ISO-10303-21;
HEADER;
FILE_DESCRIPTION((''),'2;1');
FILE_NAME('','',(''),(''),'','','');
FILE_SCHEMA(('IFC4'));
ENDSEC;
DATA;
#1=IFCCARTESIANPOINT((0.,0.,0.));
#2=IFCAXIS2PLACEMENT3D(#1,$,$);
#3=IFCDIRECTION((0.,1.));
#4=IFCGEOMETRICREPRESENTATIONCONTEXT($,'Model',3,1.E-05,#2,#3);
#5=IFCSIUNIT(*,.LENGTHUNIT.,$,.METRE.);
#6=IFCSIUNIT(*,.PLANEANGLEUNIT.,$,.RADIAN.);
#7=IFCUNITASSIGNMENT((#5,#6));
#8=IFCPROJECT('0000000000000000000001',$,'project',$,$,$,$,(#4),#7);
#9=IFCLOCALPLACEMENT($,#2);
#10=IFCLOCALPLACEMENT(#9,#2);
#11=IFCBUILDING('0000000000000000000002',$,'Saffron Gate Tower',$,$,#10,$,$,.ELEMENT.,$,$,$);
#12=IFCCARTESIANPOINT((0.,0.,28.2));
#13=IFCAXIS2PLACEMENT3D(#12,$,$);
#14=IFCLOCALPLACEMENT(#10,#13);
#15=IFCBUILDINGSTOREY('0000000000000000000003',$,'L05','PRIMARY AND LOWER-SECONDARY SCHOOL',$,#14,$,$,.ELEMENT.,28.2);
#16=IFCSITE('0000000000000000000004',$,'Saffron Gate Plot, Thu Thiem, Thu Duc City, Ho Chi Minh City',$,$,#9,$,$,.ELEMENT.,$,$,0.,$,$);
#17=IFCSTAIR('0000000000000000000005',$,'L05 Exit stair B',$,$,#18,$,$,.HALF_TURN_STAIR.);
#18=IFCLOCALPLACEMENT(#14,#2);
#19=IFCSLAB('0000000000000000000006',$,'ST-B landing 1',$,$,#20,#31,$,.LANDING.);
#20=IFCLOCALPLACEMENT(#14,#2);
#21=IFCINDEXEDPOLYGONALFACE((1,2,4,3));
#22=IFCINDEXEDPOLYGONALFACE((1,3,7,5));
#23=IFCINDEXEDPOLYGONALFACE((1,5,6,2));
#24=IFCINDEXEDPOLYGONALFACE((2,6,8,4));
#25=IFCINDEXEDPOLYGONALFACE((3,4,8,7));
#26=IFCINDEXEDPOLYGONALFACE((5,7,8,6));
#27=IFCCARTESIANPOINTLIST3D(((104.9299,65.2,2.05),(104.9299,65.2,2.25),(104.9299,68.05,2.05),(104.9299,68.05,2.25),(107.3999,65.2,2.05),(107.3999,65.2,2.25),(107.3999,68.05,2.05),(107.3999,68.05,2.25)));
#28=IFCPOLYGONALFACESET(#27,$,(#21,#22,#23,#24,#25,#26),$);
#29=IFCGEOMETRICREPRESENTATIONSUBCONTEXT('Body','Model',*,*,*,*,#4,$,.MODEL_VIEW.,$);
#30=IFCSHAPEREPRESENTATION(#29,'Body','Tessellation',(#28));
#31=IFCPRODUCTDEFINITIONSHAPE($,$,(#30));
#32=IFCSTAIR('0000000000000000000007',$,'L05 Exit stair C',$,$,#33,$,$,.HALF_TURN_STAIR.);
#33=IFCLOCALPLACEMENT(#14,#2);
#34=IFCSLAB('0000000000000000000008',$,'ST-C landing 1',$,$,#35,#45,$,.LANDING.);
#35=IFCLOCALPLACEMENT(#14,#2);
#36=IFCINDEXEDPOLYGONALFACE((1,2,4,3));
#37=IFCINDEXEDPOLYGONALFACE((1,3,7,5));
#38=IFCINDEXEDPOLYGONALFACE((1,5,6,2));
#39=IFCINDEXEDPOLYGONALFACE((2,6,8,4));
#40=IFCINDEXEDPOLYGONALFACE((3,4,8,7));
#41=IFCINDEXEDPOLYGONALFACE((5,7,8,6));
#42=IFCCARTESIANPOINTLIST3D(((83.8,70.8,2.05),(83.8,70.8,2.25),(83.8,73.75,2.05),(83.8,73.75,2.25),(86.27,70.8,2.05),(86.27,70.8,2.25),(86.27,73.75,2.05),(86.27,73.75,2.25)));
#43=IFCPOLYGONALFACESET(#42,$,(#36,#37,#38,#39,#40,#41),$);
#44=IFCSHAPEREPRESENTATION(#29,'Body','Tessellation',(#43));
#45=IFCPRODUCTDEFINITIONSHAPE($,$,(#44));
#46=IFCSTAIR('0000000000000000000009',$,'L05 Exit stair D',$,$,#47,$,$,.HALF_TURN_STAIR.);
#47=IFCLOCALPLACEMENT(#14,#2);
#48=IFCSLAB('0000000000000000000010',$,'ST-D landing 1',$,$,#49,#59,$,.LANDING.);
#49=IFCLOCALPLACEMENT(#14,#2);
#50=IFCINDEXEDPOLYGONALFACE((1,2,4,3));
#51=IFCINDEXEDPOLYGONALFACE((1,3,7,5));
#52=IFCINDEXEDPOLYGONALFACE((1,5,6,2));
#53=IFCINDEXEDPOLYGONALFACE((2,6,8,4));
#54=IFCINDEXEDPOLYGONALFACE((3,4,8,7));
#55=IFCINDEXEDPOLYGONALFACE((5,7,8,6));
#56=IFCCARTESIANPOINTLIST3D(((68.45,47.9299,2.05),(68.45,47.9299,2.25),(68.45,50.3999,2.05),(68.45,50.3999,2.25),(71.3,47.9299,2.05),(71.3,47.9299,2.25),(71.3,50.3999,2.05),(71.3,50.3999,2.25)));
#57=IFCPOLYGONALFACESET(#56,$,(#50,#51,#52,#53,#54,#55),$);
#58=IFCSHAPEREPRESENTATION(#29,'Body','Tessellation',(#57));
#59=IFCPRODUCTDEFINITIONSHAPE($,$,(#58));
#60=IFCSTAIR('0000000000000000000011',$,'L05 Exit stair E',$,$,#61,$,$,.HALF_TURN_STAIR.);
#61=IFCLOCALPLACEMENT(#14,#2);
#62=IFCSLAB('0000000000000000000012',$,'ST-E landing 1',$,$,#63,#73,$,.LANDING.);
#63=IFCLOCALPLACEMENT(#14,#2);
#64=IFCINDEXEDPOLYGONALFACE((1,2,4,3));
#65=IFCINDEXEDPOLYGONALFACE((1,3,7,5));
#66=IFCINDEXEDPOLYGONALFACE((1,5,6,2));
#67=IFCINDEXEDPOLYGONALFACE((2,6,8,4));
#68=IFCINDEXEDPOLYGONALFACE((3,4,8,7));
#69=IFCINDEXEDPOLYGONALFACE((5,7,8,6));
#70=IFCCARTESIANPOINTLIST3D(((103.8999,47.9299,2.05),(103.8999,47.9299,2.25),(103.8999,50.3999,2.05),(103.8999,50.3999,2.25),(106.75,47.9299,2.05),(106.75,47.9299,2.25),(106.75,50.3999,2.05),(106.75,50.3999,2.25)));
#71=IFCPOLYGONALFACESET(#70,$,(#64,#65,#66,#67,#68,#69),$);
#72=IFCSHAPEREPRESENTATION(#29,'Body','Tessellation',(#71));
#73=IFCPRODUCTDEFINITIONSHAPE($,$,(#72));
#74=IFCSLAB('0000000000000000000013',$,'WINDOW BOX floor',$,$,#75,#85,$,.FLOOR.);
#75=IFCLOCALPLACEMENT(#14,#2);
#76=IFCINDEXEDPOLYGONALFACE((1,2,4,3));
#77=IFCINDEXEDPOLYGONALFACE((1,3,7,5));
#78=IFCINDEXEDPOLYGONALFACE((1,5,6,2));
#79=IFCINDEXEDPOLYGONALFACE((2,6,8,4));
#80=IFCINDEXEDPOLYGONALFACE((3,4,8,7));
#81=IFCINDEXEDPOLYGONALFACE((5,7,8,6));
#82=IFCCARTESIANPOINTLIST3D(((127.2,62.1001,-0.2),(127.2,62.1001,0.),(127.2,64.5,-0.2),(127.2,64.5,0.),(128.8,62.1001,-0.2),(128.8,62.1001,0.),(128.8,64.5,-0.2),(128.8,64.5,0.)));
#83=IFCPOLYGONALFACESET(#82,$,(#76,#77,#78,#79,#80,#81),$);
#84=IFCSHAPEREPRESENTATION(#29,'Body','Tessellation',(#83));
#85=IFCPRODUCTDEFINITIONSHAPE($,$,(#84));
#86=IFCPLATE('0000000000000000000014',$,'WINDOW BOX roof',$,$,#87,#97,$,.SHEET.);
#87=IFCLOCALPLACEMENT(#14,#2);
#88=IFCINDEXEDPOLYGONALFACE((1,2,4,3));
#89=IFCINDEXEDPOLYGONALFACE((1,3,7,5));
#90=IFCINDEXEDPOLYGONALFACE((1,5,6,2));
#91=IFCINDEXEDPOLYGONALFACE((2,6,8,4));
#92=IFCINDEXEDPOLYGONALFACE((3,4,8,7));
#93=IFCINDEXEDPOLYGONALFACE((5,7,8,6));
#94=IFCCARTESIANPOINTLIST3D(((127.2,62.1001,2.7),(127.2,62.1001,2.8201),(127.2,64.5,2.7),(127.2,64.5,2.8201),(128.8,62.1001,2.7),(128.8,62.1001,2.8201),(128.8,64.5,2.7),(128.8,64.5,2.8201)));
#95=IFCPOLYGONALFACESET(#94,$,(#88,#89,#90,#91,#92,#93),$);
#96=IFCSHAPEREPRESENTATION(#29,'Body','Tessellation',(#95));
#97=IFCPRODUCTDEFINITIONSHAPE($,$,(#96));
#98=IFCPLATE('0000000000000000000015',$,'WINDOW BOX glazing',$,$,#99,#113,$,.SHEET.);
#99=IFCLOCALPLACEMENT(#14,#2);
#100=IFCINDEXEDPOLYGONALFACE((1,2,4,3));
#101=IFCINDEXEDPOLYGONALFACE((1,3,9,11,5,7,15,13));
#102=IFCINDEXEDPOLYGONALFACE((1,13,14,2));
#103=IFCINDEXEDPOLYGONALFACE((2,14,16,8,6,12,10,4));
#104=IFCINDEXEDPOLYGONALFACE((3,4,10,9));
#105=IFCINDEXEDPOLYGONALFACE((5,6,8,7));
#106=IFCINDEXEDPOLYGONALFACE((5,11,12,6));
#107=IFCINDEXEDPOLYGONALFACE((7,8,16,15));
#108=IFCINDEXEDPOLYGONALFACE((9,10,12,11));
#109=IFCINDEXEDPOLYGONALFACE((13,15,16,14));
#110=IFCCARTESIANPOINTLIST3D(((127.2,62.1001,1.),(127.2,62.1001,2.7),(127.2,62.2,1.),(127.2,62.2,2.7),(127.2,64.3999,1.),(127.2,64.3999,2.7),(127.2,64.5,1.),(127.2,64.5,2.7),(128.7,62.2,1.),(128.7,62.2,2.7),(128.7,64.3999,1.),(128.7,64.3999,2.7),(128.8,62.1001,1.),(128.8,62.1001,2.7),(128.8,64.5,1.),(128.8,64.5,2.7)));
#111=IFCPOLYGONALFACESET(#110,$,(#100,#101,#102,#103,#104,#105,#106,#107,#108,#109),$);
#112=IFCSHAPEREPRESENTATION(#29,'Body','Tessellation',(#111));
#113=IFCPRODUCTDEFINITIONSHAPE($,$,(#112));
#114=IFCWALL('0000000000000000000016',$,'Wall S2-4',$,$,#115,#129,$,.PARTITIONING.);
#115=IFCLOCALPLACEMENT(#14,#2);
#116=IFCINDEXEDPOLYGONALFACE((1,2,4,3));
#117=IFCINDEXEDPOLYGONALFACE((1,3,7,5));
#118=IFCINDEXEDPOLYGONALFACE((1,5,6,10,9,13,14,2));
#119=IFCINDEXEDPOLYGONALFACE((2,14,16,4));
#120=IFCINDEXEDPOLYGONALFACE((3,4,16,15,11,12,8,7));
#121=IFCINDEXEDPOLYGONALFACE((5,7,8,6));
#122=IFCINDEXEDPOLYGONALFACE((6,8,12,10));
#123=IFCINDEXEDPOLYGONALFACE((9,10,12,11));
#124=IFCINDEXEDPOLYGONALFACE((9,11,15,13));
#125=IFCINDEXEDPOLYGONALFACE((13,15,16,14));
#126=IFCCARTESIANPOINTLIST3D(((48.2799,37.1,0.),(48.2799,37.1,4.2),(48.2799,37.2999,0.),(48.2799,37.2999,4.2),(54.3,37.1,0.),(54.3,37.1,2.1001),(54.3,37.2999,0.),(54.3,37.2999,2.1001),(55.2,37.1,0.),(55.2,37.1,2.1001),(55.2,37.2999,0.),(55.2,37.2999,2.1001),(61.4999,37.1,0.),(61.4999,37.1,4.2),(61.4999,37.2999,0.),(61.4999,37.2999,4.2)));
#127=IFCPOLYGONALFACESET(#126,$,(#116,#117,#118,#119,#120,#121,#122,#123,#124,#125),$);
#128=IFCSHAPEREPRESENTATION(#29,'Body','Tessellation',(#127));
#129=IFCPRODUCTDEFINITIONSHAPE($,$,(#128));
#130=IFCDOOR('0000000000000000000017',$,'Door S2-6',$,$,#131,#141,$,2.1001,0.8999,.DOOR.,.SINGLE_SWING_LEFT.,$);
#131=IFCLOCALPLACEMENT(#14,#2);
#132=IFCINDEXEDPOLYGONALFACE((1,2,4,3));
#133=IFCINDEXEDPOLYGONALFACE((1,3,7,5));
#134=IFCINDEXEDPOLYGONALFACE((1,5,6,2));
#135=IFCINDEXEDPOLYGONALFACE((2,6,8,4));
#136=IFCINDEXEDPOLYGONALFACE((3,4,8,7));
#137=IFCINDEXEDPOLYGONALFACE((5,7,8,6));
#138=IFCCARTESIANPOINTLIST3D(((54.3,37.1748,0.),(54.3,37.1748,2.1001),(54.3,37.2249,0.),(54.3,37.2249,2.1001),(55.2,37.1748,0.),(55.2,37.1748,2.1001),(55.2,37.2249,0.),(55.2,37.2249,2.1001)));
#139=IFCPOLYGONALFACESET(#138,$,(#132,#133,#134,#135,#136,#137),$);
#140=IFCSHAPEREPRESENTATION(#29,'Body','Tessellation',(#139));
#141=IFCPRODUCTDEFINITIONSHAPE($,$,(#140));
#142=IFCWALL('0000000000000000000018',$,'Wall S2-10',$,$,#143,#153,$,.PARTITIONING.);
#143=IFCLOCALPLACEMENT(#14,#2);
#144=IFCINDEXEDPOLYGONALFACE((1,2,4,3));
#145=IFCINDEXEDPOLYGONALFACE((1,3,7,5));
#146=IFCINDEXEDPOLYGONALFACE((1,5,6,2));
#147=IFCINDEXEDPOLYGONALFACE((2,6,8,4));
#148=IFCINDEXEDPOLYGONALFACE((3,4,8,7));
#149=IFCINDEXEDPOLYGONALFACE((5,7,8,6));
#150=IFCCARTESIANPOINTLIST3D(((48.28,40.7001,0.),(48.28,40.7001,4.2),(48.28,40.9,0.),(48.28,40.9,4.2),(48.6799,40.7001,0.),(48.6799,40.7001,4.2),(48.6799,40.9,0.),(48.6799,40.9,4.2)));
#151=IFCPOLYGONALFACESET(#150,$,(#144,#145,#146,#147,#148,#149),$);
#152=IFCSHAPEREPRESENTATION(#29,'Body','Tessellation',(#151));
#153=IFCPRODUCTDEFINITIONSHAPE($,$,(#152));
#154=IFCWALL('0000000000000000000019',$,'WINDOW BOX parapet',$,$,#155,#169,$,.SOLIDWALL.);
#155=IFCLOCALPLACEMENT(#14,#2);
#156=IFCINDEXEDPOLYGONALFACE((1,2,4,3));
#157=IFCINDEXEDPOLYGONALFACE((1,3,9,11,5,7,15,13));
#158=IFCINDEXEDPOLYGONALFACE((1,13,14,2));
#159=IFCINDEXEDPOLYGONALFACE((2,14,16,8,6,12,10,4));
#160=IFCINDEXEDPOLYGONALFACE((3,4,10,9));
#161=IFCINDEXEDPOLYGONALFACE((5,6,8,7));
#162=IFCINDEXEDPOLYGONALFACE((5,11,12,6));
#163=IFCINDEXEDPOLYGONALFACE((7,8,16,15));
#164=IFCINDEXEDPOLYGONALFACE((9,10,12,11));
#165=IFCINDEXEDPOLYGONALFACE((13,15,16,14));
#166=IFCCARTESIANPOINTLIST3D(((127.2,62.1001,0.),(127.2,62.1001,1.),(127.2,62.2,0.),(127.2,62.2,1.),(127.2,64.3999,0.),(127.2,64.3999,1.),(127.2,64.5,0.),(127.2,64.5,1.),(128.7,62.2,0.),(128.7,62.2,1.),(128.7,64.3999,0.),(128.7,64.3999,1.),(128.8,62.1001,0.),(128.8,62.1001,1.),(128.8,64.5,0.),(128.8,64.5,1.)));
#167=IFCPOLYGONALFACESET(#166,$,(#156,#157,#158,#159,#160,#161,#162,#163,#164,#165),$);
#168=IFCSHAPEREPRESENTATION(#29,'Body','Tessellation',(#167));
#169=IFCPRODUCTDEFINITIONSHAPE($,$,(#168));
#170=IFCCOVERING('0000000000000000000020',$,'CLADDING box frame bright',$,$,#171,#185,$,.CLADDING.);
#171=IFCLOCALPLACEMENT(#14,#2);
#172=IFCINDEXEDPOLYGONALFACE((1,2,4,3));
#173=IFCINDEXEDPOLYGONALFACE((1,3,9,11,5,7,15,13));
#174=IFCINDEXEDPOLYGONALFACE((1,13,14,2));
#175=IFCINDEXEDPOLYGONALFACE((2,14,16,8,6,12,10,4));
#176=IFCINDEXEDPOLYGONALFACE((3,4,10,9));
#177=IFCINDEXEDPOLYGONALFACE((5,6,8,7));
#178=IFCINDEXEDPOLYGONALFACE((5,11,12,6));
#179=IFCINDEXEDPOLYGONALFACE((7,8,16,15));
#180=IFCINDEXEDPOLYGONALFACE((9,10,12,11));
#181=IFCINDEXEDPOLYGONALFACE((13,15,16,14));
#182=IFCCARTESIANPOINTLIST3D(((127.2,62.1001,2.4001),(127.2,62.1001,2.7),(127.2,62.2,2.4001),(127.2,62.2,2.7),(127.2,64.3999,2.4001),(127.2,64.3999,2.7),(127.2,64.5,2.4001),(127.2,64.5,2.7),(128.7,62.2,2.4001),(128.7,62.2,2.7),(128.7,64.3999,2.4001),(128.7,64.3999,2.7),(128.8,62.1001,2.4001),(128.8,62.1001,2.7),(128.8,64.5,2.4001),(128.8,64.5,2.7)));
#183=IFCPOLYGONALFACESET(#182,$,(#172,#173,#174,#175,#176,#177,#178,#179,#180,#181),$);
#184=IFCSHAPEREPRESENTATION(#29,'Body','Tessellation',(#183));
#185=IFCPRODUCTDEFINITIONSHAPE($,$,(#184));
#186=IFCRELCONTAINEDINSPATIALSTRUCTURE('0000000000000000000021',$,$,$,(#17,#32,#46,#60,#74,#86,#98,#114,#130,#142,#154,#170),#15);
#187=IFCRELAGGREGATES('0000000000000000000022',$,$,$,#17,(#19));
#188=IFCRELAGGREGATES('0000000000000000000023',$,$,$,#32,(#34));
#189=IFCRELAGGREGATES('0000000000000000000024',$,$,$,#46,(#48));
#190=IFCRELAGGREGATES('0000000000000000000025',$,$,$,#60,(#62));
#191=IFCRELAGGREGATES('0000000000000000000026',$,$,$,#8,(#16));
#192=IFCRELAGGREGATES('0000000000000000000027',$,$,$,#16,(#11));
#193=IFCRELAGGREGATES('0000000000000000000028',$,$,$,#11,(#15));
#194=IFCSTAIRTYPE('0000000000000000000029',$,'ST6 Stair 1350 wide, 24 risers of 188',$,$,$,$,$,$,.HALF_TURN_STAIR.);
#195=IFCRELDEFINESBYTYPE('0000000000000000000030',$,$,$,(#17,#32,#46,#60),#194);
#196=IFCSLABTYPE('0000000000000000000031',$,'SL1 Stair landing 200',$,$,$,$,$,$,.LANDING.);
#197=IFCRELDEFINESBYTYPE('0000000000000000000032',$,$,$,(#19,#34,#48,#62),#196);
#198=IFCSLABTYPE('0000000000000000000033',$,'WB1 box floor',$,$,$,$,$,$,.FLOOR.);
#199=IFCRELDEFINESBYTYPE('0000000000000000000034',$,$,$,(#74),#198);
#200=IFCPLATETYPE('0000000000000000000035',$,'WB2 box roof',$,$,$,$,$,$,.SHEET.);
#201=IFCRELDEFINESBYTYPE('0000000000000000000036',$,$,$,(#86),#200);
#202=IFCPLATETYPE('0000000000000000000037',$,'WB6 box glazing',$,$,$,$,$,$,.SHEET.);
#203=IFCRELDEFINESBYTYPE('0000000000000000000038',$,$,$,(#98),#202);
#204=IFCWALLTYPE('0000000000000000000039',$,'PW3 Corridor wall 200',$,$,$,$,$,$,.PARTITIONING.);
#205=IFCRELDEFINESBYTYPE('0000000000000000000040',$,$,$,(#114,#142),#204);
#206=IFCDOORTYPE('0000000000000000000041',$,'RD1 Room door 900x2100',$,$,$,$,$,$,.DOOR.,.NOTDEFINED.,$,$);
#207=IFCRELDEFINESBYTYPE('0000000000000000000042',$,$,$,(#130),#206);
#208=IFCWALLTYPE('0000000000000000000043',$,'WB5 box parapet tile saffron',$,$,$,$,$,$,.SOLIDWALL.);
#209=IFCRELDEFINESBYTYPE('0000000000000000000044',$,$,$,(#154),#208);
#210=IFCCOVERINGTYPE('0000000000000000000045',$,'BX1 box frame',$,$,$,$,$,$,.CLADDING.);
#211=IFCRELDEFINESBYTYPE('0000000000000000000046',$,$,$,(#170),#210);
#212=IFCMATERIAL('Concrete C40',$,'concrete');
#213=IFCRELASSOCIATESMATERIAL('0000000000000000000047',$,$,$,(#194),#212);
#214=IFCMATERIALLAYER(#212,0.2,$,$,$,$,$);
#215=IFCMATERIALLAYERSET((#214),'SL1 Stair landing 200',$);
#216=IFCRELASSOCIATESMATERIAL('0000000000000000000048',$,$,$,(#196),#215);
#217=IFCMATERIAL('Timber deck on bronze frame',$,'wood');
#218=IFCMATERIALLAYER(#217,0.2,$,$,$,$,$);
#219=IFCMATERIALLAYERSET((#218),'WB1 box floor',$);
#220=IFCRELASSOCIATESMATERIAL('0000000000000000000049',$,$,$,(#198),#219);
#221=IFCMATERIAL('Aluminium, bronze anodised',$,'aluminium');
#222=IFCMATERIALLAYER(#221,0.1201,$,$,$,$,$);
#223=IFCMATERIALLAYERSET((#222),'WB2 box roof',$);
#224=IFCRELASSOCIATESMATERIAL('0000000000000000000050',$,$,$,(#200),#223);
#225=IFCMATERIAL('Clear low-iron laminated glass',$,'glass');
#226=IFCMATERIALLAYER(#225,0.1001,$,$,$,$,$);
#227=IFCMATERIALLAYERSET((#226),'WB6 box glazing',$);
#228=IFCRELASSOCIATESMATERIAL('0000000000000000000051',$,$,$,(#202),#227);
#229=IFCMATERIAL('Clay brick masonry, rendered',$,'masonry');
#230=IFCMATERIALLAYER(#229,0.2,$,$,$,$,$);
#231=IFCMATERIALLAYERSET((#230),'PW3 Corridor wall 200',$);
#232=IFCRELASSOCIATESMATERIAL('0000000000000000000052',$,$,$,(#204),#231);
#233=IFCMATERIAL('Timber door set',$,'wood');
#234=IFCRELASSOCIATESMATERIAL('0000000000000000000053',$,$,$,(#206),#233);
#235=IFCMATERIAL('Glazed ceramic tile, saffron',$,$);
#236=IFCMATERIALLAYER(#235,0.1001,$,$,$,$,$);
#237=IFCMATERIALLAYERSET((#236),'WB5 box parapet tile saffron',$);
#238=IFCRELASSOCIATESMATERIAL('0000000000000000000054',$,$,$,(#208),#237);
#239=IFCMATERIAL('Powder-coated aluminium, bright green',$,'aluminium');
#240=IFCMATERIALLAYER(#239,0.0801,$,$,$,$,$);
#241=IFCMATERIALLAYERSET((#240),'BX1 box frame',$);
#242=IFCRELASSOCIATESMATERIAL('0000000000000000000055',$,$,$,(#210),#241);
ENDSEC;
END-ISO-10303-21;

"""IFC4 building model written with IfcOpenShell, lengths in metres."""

from ifc_helpers import new_model, si_unit, direction, frame, frame_2d, origin, place, context, subcontext, project, spatial, polyline, rectangle, outline, extrude, material, layer, layer_set, type_object, element, fill, aggregate, save


model = new_model("IFC4")

# Units and contexts
model_context = context("Model", 3, precision=1e-05, world=origin(), true_north=direction((0.0, 1.0)))
body_context = subcontext(model_context, "Body", "Model", "MODEL_VIEW")
ifc_project = project(units=[si_unit("LENGTHUNIT", "METRE"), si_unit("PLANEANGLEUNIT", "RADIAN")], contexts=[model_context])

# Site, building, storey
site_placement = place(None, origin())
site = spatial("IfcSite", under=ifc_project, at=site_placement, Name="Saffron Gate Plot, Thu Thiem, Thu Duc City, Ho Chi Minh City", CompositionType="ELEMENT", RefElevation=0.0)
building_placement = place(site_placement, origin())
building = spatial("IfcBuilding", under=site, at=building_placement, Name="Saffron Gate Tower", CompositionType="ELEMENT")
storey_placement = place(building_placement, frame((0.0, 0.0, 28.2)))
storey = spatial("IfcBuildingStorey", under=building, at=storey_placement, Name="L05", Description="PRIMARY AND LOWER-SECONDARY SCHOOL", CompositionType="ELEMENT", Elevation=28.2)

# Shared definitions
ifc_material_1 = material(Name="Aluminium, bronze anodised", Category="aluminium")

# Shared definitions
ifc_material_2 = material(Name="Concrete C40", Category="concrete")

# Stairs, slabs
stair_type = type_object("IfcStairType", Name="ST6 Stair 1350 wide, 24 risers of 188", PredefinedType="HALF_TURN_STAIR", material=ifc_material_2)
ifc_layer_1 = layer(ifc_material_2, 0.2)
ifc_layer_set_1 = layer_set([ifc_layer_1], Name="SL1 Stair landing 200")
slab_type_1 = type_object("IfcSlabType", Name="SL1 Stair landing 200", PredefinedType="LANDING", material=ifc_layer_set_1)
stair_1_placement = place(storey_placement, origin())
stair_1 = element("IfcStair", 1, at=stair_1_placement, inside=storey, type_object=stair_type, Name="L05 Exit stair B", PredefinedType="HALF_TURN_STAIR")
slab_1_placement = place(storey_placement, frame((0.0, 0.0, 2.05)))
slab_1 = element("IfcSlab", 2, at=slab_1_placement, type_object=slab_type_1, Name="ST-B landing 1", PredefinedType="LANDING", context=body_context, shape_type="SweptSolid", body=[
    extrude(outline(polyline([(104.9299, 65.2), (107.3999, 65.2), (107.3999, 68.05), (104.9299, 68.05), (104.9299, 65.2)])), origin(), (0.0, 0.0, 1.0), 0.2),
])
aggregate(stair_1, [slab_1])
stair_2_placement = place(storey_placement, origin())
stair_2 = element("IfcStair", 3, at=stair_2_placement, inside=storey, type_object=stair_type, Name="L05 Exit stair C", PredefinedType="HALF_TURN_STAIR")
slab_2_placement = place(storey_placement, frame((0.0, 0.0, 2.05)))
slab_2 = element("IfcSlab", 4, at=slab_2_placement, type_object=slab_type_1, Name="ST-C landing 1", PredefinedType="LANDING", context=body_context, shape_type="SweptSolid", body=[
    extrude(outline(polyline([(86.27, 73.75), (83.8, 73.75), (83.8, 70.8), (86.27, 70.8), (86.27, 73.75)])), origin(), (0.0, 0.0, 1.0), 0.2),
])
aggregate(stair_2, [slab_2])
stair_3_placement = place(storey_placement, origin())
stair_3 = element("IfcStair", 5, at=stair_3_placement, inside=storey, type_object=stair_type, Name="L05 Exit stair D", PredefinedType="HALF_TURN_STAIR")
slab_3_placement = place(storey_placement, frame((0.0, 0.0, 2.05)))
slab_3 = element("IfcSlab", 6, at=slab_3_placement, type_object=slab_type_1, Name="ST-D landing 1", PredefinedType="LANDING", context=body_context, shape_type="SweptSolid", body=[
    extrude(outline(polyline([(71.3, 47.9299), (71.3, 50.3999), (68.45, 50.3999), (68.45, 47.9299), (71.3, 47.9299)])), origin(), (0.0, 0.0, 1.0), 0.2),
])
aggregate(stair_3, [slab_3])
stair_4_placement = place(storey_placement, origin())
stair_4 = element("IfcStair", 7, at=stair_4_placement, inside=storey, type_object=stair_type, Name="L05 Exit stair E", PredefinedType="HALF_TURN_STAIR")
slab_4_placement = place(storey_placement, frame((0.0, 0.0, 2.05)))
slab_4 = element("IfcSlab", 8, at=slab_4_placement, type_object=slab_type_1, Name="ST-E landing 1", PredefinedType="LANDING", context=body_context, shape_type="SweptSolid", body=[
    extrude(outline(polyline([(106.75, 47.9299), (106.75, 50.3999), (103.8999, 50.3999), (103.8999, 47.9299), (106.75, 47.9299)])), origin(), (0.0, 0.0, 1.0), 0.2),
])
aggregate(stair_4, [slab_4])

# Slab
ifc_material_3 = material(Name="Timber deck on bronze frame", Category="wood")
ifc_layer_2 = layer(ifc_material_3, 0.2)
ifc_layer_set_2 = layer_set([ifc_layer_2], Name="WB1 box floor")
slab_type_2 = type_object("IfcSlabType", Name="WB1 box floor", PredefinedType="FLOOR", material=ifc_layer_set_2)
slab_5_placement = place(storey_placement, frame((0.0, 0.0, -0.2)))
element("IfcSlab", 9, at=slab_5_placement, inside=storey, type_object=slab_type_2, Name="WINDOW BOX floor", PredefinedType="FLOOR", context=body_context, shape_type="SweptSolid", body=[
    extrude(outline(polyline([(127.2, 62.1001), (127.2, 64.5), (128.8, 64.5), (128.8, 62.1001), (127.2, 62.1001)])), origin(), (0.0, 0.0, 1.0), 0.2),
])

# Plates
ifc_layer_3 = layer(ifc_material_1, 0.1201)
ifc_layer_set_3 = layer_set([ifc_layer_3], Name="WB2 box roof")
plate_type_1 = type_object("IfcPlateType", Name="WB2 box roof", PredefinedType="SHEET", material=ifc_layer_set_3)
plate_1_placement = place(storey_placement, frame((0.0, 0.0, 2.7)))
element("IfcPlate", 10, at=plate_1_placement, inside=storey, type_object=plate_type_1, Name="WINDOW BOX roof", PredefinedType="SHEET", context=body_context, shape_type="SweptSolid", body=[
    extrude(outline(polyline([(127.2, 62.1001), (127.2, 64.5), (128.8, 64.5), (128.8, 62.1001), (127.2, 62.1001)])), origin(), (0.0, 0.0, 1.0), 0.1201),
])
ifc_material_4 = material(Name="Clear low-iron laminated glass", Category="glass")
ifc_layer_4 = layer(ifc_material_4, 0.1001)
ifc_layer_set_4 = layer_set([ifc_layer_4], Name="WB6 box glazing")
plate_type_2 = type_object("IfcPlateType", Name="WB6 box glazing", PredefinedType="SHEET", material=ifc_layer_set_4)
plate_2_placement = place(storey_placement, frame((0.0, 0.0, 1.0)))
element("IfcPlate", 11, at=plate_2_placement, inside=storey, type_object=plate_type_2, Name="WINDOW BOX glazing", PredefinedType="SHEET", context=body_context, shape_type="SweptSolid", body=[
    extrude(outline(polyline([(127.2, 62.1001), (127.2, 62.2), (128.7, 62.2), (128.7, 64.3999), (127.2, 64.3999), (127.2, 64.5), (128.8, 64.5), (128.8, 62.1001), (127.2, 62.1001)])), origin(), (0.0, 0.0, 1.0), 1.7),
])

# Wall, opening, door
ifc_material_5 = material(Name="Clay brick masonry, rendered", Category="masonry")
ifc_layer_5 = layer(ifc_material_5, 0.2)
ifc_layer_set_5 = layer_set([ifc_layer_5], Name="PW3 Corridor wall 200")
wall_type_1 = type_object("IfcWallType", Name="PW3 Corridor wall 200", PredefinedType="PARTITIONING", material=ifc_layer_set_5)
wall_1_placement = place(storey_placement, frame((48.28, 37.2, 0.0), z_axis=(0.0, 0.0, 1.0), x_axis=(1.0, 0.0, 0.0)))
wall_1 = element("IfcWall", 12, at=wall_1_placement, inside=storey, type_object=wall_type_1, Name="Wall S2-4", PredefinedType="PARTITIONING", context=body_context, shape_type="SweptSolid", body=[
    extrude(rectangle(XDim=13.22, YDim=0.2, at=frame_2d((6.6099, 0.0))), origin(), (0.0, 0.0, 1.0), 4.2),
])
opening_placement = place(wall_1_placement, frame((6.02, 0.0, 0.0)))
opening = element("IfcOpeningElement", 13, at=opening_placement, cuts=wall_1, PredefinedType="OPENING", context=body_context, shape_type="SweptSolid", body=[
    extrude(rectangle(XDim=0.8999, YDim=2.1001, at=frame_2d((0.45, 1.05))), frame((0.0, 0.1099, 0.0), z_axis=(0.0, -1.0, 0.0), x_axis=(1.0, 0.0, 0.0)), (0.0, 0.0, 1.0), 0.22),
])
ifc_material_6 = material(Name="Timber door set", Category="wood")
door_type = type_object("IfcDoorType", Name="RD1 Room door 900x2100", OperationType="NOTDEFINED", PredefinedType="DOOR", material=ifc_material_6)
door_placement = place(opening_placement, origin())
door = element("IfcDoor", 14, at=door_placement, inside=storey, type_object=door_type, Name="Door S2-6", OperationType="SINGLE_SWING_LEFT", OverallHeight=2.1001, OverallWidth=0.8999, PredefinedType="DOOR", context=body_context, shape_type="SweptSolid", body=[
    extrude(rectangle(XDim=0.8999, YDim=2.1001, at=frame_2d((0.45, 1.05))), frame((0.0, 0.0249, 0.0), z_axis=(0.0, -1.0, 0.0), x_axis=(1.0, 0.0, 0.0)), (0.0, 0.0, 1.0), 0.05),
])
fill(opening, door)

# Walls
wall_2_placement = place(storey_placement, frame((48.28, 40.8, 0.0), z_axis=(0.0, 0.0, 1.0), x_axis=(1.0, 0.0, 0.0)))
element("IfcWall", 15, at=wall_2_placement, inside=storey, type_object=wall_type_1, Name="Wall S2-10", PredefinedType="PARTITIONING", context=body_context, shape_type="SweptSolid", body=[
    extrude(rectangle(XDim=0.3999, YDim=0.2, at=frame_2d((0.2, 0.0))), origin(), (0.0, 0.0, 1.0), 4.2),
])
ifc_material_7 = material(Name="Glazed ceramic tile, saffron")
ifc_layer_6 = layer(ifc_material_7, 0.1001)
ifc_layer_set_6 = layer_set([ifc_layer_6], Name="WB5 box parapet tile saffron")
wall_type_2 = type_object("IfcWallType", Name="WB5 box parapet tile saffron", PredefinedType="SOLIDWALL", material=ifc_layer_set_6)
wall_3_placement = place(storey_placement, origin())
element("IfcWall", 16, at=wall_3_placement, inside=storey, type_object=wall_type_2, Name="WINDOW BOX parapet", PredefinedType="SOLIDWALL", context=body_context, shape_type="SweptSolid", body=[
    extrude(outline(polyline([(127.2, 62.1001), (127.2, 62.2), (128.7, 62.2), (128.7, 64.3999), (127.2, 64.3999), (127.2, 64.5), (128.8, 64.5), (128.8, 62.1001), (127.2, 62.1001)])), origin(), (0.0, 0.0, 1.0), 1.0),
])

# Covering
ifc_material_8 = material(Name="Powder-coated aluminium, bright green", Category="aluminium")
ifc_layer_7 = layer(ifc_material_8, 0.0801)
ifc_layer_set_7 = layer_set([ifc_layer_7], Name="BX1 box frame")
covering_type_1 = type_object("IfcCoveringType", Name="BX1 box frame", PredefinedType="CLADDING", material=ifc_layer_set_7)
covering_1_placement = place(storey_placement, frame((0.0, 0.0, 2.4001)))
element("IfcCovering", 17, at=covering_1_placement, inside=storey, type_object=covering_type_1, Name="CLADDING box frame bright", PredefinedType="CLADDING", context=body_context, shape_type="SweptSolid", body=[
    extrude(outline(polyline([(127.2, 62.1001), (127.2, 62.2), (128.7, 62.2), (128.7, 64.3999), (127.2, 64.3999), (127.2, 64.5), (128.8, 64.5), (128.8, 62.1001), (127.2, 62.1001)])), origin(), (0.0, 0.0, 1.0), 0.2998),
])

save(model, "model.ifc")
